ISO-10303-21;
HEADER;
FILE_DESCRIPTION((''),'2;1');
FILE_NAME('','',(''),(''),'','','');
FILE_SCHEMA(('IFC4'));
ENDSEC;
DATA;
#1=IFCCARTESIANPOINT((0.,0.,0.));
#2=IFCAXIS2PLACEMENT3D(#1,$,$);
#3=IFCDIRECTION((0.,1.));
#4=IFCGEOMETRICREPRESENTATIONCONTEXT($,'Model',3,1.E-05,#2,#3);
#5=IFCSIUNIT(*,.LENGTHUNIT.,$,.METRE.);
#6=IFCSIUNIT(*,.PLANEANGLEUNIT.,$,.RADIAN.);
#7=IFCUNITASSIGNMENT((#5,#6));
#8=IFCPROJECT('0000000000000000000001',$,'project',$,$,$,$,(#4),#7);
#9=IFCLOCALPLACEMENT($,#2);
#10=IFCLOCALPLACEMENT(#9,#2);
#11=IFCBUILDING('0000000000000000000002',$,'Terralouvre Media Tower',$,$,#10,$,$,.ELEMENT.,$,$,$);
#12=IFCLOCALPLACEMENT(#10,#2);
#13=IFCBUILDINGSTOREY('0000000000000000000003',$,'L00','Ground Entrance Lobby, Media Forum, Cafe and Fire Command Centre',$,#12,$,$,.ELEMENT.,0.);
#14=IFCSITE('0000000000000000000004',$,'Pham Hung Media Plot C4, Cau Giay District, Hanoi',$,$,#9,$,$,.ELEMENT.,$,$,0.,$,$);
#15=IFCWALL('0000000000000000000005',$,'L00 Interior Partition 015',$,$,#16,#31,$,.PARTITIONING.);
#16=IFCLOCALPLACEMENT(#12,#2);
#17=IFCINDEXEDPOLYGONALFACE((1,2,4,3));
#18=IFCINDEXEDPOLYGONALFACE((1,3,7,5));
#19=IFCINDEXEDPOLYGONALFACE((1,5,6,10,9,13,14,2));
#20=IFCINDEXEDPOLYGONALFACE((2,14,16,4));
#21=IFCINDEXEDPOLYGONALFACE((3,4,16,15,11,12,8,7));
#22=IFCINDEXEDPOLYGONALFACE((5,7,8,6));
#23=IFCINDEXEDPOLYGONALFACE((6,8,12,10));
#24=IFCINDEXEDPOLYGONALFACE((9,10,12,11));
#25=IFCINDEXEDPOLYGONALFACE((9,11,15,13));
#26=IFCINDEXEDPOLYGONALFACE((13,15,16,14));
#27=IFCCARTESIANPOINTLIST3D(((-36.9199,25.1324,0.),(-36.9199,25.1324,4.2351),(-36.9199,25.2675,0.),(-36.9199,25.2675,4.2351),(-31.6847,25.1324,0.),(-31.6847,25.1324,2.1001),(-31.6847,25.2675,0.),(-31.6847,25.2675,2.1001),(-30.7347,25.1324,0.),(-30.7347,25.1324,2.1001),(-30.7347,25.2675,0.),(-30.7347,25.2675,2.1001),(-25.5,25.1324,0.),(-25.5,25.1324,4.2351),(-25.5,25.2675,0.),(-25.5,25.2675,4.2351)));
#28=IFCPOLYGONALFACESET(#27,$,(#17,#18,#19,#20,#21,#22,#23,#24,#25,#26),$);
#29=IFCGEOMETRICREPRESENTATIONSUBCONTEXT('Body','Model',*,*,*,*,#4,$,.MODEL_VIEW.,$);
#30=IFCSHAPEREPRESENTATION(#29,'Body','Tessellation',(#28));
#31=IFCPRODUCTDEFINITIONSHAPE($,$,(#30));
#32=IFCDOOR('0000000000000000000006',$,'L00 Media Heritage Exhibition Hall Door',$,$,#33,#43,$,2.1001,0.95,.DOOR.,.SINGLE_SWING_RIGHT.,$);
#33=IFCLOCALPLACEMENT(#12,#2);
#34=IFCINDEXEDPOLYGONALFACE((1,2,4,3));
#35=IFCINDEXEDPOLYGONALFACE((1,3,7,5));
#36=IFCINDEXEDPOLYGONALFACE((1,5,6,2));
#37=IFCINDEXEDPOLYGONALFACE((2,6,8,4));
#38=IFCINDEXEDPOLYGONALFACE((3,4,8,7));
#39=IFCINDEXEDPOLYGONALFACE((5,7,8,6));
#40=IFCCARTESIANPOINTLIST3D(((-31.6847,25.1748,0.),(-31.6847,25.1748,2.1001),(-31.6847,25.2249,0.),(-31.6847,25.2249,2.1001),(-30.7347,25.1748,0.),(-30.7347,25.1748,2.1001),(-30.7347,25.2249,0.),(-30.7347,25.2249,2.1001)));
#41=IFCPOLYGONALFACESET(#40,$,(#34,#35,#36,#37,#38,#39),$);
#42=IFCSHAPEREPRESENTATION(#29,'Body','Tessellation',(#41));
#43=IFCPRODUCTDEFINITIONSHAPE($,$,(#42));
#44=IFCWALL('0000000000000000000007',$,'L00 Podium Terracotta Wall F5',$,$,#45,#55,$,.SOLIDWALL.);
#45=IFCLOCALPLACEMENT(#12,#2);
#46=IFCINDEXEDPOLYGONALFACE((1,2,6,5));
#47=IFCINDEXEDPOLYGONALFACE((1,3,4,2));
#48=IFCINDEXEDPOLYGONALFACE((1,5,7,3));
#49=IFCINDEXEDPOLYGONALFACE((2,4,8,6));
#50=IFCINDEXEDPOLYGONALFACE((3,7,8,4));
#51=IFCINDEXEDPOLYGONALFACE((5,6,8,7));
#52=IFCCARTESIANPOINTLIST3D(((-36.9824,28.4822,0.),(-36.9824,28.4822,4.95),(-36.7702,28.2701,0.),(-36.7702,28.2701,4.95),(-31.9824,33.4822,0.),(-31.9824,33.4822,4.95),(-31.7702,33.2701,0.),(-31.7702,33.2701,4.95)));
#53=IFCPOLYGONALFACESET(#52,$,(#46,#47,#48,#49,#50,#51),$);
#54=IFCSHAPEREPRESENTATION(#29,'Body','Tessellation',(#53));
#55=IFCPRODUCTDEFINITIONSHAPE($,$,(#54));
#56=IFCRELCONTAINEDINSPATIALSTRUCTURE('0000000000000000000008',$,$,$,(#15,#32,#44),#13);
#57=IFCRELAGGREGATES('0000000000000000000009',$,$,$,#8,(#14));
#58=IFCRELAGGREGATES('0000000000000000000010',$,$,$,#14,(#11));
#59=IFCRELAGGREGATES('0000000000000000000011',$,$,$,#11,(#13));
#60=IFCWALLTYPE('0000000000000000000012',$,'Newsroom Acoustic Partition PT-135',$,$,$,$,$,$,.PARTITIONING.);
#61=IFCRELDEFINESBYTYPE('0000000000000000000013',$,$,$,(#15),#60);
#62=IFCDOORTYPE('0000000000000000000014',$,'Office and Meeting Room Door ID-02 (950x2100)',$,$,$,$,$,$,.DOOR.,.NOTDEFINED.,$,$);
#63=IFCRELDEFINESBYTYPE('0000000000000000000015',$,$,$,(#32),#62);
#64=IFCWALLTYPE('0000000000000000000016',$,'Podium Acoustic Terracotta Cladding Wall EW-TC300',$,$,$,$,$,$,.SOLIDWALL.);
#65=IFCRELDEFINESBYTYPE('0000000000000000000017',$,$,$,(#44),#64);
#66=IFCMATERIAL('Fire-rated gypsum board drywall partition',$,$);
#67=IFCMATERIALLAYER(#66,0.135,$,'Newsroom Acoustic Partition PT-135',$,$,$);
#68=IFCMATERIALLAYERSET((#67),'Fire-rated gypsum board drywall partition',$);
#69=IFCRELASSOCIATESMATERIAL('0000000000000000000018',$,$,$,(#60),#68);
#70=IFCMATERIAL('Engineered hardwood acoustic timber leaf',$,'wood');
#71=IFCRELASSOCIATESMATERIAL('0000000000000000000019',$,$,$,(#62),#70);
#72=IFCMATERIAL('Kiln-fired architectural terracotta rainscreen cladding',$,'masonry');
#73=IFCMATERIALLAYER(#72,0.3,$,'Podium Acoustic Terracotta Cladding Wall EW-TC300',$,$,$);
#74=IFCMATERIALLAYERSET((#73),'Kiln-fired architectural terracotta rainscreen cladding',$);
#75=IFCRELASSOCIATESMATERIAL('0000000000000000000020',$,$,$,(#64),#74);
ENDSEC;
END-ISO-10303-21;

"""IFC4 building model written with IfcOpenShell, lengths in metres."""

from ifc_helpers import new_model, si_unit, direction, frame, frame_2d, origin, place, context, subcontext, project, spatial, rectangle, extrude, material, layer, layer_set, type_object, element, fill, save


model = new_model("IFC4")

# Units and contexts
model_context = context("Model", 3, precision=1e-05, world=origin(), true_north=direction((0.0, 1.0)))
body_context = subcontext(model_context, "Body", "Model", "MODEL_VIEW")
ifc_project = project(units=[si_unit("LENGTHUNIT", "METRE"), si_unit("PLANEANGLEUNIT", "RADIAN")], contexts=[model_context])

# Site, building, storey
site_placement = place(None, origin())
site = spatial("IfcSite", under=ifc_project, at=site_placement, Name="Pham Hung Media Plot C4, Cau Giay District, Hanoi", CompositionType="ELEMENT", RefElevation=0.0)
building_placement = place(site_placement, origin())
building = spatial("IfcBuilding", under=site, at=building_placement, Name="Terralouvre Media Tower", CompositionType="ELEMENT")
storey_placement = place(building_placement, origin())
storey = spatial("IfcBuildingStorey", under=building, at=storey_placement, Name="L00", Description="Ground Entrance Lobby, Media Forum, Cafe and Fire Command Centre", CompositionType="ELEMENT", Elevation=0.0)

# Wall, opening, door
ifc_material_1 = material(Name="Fire-rated gypsum board drywall partition")
ifc_layer_1 = layer(ifc_material_1, 0.135, Name="Newsroom Acoustic Partition PT-135")
ifc_layer_set_1 = layer_set([ifc_layer_1], Name="Fire-rated gypsum board drywall partition")
wall_type_1 = type_object("IfcWallType", Name="Newsroom Acoustic Partition PT-135", PredefinedType="PARTITIONING", material=ifc_layer_set_1)
wall_1_placement = place(storey_placement, frame((-36.9199, 25.2, 0.0), z_axis=(0.0, 0.0, 1.0), x_axis=(1.0, 0.0, 0.0)))
wall_1 = element("IfcWall", 1, at=wall_1_placement, inside=storey, type_object=wall_type_1, Name="L00 Interior Partition 015", PredefinedType="PARTITIONING", context=body_context, shape_type="SweptSolid", body=[
    extrude(rectangle(XDim=11.4199, YDim=0.135, at=frame_2d((5.71, 0.0))), origin(), (0.0, 0.0, 1.0), 4.2351),
])
opening_1_placement = place(wall_1_placement, frame((5.2351, 0.0, 0.0)))
opening_1 = element("IfcOpeningElement", 2, at=opening_1_placement, cuts=wall_1, PredefinedType="OPENING", context=body_context, shape_type="SweptSolid", body=[
    extrude(rectangle(XDim=0.95, YDim=2.1001, at=frame_2d((0.4751, 1.05))), frame((0.0, 0.0774, 0.0), z_axis=(0.0, -1.0, 0.0), x_axis=(1.0, 0.0, 0.0)), (0.0, 0.0, 1.0), 0.155),
])
ifc_material_2 = material(Name="Engineered hardwood acoustic timber leaf", Category="wood")
door_type_1 = type_object("IfcDoorType", Name="Office and Meeting Room Door ID-02 (950x2100)", OperationType="NOTDEFINED", PredefinedType="DOOR", material=ifc_material_2)
door_1_placement = place(opening_1_placement, origin())
door_1 = element("IfcDoor", 3, at=door_1_placement, inside=storey, type_object=door_type_1, Name="L00 Media Heritage Exhibition Hall Door", OperationType="SINGLE_SWING_RIGHT", OverallHeight=2.1001, OverallWidth=0.95, PredefinedType="DOOR", context=body_context, shape_type="SweptSolid", body=[
    extrude(rectangle(XDim=0.95, YDim=2.1001, at=frame_2d((0.4751, 1.05))), frame((0.0, 0.0249, 0.0), z_axis=(0.0, -1.0, 0.0), x_axis=(1.0, 0.0, 0.0)), (0.0, 0.0, 1.0), 0.05),
])
fill(opening_1, door_1)

# Wall
ifc_material_3 = material(Name="Kiln-fired architectural terracotta rainscreen cladding", Category="masonry")
ifc_layer_2 = layer(ifc_material_3, 0.3, Name="Podium Acoustic Terracotta Cladding Wall EW-TC300")
ifc_layer_set_2 = layer_set([ifc_layer_2], Name="Kiln-fired architectural terracotta rainscreen cladding")
wall_type_2 = type_object("IfcWallType", Name="Podium Acoustic Terracotta Cladding Wall EW-TC300", PredefinedType="SOLIDWALL", material=ifc_layer_set_2)
wall_2_placement = place(storey_placement, frame((-31.8762, 33.3762, 0.0), z_axis=(0.0, 0.0, 1.0), x_axis=(-0.707107, -0.707107, 0.0)))
element("IfcWall", 4, at=wall_2_placement, inside=storey, type_object=wall_type_2, Name="L00 Podium Terracotta Wall F5", PredefinedType="SOLIDWALL", context=body_context, shape_type="SweptSolid", body=[
    extrude(rectangle(XDim=7.071, YDim=0.3, at=frame_2d((3.5356, 0.0))), origin(), (0.0, 0.0, 1.0), 4.95),
])

save(model, "model.ifc")
